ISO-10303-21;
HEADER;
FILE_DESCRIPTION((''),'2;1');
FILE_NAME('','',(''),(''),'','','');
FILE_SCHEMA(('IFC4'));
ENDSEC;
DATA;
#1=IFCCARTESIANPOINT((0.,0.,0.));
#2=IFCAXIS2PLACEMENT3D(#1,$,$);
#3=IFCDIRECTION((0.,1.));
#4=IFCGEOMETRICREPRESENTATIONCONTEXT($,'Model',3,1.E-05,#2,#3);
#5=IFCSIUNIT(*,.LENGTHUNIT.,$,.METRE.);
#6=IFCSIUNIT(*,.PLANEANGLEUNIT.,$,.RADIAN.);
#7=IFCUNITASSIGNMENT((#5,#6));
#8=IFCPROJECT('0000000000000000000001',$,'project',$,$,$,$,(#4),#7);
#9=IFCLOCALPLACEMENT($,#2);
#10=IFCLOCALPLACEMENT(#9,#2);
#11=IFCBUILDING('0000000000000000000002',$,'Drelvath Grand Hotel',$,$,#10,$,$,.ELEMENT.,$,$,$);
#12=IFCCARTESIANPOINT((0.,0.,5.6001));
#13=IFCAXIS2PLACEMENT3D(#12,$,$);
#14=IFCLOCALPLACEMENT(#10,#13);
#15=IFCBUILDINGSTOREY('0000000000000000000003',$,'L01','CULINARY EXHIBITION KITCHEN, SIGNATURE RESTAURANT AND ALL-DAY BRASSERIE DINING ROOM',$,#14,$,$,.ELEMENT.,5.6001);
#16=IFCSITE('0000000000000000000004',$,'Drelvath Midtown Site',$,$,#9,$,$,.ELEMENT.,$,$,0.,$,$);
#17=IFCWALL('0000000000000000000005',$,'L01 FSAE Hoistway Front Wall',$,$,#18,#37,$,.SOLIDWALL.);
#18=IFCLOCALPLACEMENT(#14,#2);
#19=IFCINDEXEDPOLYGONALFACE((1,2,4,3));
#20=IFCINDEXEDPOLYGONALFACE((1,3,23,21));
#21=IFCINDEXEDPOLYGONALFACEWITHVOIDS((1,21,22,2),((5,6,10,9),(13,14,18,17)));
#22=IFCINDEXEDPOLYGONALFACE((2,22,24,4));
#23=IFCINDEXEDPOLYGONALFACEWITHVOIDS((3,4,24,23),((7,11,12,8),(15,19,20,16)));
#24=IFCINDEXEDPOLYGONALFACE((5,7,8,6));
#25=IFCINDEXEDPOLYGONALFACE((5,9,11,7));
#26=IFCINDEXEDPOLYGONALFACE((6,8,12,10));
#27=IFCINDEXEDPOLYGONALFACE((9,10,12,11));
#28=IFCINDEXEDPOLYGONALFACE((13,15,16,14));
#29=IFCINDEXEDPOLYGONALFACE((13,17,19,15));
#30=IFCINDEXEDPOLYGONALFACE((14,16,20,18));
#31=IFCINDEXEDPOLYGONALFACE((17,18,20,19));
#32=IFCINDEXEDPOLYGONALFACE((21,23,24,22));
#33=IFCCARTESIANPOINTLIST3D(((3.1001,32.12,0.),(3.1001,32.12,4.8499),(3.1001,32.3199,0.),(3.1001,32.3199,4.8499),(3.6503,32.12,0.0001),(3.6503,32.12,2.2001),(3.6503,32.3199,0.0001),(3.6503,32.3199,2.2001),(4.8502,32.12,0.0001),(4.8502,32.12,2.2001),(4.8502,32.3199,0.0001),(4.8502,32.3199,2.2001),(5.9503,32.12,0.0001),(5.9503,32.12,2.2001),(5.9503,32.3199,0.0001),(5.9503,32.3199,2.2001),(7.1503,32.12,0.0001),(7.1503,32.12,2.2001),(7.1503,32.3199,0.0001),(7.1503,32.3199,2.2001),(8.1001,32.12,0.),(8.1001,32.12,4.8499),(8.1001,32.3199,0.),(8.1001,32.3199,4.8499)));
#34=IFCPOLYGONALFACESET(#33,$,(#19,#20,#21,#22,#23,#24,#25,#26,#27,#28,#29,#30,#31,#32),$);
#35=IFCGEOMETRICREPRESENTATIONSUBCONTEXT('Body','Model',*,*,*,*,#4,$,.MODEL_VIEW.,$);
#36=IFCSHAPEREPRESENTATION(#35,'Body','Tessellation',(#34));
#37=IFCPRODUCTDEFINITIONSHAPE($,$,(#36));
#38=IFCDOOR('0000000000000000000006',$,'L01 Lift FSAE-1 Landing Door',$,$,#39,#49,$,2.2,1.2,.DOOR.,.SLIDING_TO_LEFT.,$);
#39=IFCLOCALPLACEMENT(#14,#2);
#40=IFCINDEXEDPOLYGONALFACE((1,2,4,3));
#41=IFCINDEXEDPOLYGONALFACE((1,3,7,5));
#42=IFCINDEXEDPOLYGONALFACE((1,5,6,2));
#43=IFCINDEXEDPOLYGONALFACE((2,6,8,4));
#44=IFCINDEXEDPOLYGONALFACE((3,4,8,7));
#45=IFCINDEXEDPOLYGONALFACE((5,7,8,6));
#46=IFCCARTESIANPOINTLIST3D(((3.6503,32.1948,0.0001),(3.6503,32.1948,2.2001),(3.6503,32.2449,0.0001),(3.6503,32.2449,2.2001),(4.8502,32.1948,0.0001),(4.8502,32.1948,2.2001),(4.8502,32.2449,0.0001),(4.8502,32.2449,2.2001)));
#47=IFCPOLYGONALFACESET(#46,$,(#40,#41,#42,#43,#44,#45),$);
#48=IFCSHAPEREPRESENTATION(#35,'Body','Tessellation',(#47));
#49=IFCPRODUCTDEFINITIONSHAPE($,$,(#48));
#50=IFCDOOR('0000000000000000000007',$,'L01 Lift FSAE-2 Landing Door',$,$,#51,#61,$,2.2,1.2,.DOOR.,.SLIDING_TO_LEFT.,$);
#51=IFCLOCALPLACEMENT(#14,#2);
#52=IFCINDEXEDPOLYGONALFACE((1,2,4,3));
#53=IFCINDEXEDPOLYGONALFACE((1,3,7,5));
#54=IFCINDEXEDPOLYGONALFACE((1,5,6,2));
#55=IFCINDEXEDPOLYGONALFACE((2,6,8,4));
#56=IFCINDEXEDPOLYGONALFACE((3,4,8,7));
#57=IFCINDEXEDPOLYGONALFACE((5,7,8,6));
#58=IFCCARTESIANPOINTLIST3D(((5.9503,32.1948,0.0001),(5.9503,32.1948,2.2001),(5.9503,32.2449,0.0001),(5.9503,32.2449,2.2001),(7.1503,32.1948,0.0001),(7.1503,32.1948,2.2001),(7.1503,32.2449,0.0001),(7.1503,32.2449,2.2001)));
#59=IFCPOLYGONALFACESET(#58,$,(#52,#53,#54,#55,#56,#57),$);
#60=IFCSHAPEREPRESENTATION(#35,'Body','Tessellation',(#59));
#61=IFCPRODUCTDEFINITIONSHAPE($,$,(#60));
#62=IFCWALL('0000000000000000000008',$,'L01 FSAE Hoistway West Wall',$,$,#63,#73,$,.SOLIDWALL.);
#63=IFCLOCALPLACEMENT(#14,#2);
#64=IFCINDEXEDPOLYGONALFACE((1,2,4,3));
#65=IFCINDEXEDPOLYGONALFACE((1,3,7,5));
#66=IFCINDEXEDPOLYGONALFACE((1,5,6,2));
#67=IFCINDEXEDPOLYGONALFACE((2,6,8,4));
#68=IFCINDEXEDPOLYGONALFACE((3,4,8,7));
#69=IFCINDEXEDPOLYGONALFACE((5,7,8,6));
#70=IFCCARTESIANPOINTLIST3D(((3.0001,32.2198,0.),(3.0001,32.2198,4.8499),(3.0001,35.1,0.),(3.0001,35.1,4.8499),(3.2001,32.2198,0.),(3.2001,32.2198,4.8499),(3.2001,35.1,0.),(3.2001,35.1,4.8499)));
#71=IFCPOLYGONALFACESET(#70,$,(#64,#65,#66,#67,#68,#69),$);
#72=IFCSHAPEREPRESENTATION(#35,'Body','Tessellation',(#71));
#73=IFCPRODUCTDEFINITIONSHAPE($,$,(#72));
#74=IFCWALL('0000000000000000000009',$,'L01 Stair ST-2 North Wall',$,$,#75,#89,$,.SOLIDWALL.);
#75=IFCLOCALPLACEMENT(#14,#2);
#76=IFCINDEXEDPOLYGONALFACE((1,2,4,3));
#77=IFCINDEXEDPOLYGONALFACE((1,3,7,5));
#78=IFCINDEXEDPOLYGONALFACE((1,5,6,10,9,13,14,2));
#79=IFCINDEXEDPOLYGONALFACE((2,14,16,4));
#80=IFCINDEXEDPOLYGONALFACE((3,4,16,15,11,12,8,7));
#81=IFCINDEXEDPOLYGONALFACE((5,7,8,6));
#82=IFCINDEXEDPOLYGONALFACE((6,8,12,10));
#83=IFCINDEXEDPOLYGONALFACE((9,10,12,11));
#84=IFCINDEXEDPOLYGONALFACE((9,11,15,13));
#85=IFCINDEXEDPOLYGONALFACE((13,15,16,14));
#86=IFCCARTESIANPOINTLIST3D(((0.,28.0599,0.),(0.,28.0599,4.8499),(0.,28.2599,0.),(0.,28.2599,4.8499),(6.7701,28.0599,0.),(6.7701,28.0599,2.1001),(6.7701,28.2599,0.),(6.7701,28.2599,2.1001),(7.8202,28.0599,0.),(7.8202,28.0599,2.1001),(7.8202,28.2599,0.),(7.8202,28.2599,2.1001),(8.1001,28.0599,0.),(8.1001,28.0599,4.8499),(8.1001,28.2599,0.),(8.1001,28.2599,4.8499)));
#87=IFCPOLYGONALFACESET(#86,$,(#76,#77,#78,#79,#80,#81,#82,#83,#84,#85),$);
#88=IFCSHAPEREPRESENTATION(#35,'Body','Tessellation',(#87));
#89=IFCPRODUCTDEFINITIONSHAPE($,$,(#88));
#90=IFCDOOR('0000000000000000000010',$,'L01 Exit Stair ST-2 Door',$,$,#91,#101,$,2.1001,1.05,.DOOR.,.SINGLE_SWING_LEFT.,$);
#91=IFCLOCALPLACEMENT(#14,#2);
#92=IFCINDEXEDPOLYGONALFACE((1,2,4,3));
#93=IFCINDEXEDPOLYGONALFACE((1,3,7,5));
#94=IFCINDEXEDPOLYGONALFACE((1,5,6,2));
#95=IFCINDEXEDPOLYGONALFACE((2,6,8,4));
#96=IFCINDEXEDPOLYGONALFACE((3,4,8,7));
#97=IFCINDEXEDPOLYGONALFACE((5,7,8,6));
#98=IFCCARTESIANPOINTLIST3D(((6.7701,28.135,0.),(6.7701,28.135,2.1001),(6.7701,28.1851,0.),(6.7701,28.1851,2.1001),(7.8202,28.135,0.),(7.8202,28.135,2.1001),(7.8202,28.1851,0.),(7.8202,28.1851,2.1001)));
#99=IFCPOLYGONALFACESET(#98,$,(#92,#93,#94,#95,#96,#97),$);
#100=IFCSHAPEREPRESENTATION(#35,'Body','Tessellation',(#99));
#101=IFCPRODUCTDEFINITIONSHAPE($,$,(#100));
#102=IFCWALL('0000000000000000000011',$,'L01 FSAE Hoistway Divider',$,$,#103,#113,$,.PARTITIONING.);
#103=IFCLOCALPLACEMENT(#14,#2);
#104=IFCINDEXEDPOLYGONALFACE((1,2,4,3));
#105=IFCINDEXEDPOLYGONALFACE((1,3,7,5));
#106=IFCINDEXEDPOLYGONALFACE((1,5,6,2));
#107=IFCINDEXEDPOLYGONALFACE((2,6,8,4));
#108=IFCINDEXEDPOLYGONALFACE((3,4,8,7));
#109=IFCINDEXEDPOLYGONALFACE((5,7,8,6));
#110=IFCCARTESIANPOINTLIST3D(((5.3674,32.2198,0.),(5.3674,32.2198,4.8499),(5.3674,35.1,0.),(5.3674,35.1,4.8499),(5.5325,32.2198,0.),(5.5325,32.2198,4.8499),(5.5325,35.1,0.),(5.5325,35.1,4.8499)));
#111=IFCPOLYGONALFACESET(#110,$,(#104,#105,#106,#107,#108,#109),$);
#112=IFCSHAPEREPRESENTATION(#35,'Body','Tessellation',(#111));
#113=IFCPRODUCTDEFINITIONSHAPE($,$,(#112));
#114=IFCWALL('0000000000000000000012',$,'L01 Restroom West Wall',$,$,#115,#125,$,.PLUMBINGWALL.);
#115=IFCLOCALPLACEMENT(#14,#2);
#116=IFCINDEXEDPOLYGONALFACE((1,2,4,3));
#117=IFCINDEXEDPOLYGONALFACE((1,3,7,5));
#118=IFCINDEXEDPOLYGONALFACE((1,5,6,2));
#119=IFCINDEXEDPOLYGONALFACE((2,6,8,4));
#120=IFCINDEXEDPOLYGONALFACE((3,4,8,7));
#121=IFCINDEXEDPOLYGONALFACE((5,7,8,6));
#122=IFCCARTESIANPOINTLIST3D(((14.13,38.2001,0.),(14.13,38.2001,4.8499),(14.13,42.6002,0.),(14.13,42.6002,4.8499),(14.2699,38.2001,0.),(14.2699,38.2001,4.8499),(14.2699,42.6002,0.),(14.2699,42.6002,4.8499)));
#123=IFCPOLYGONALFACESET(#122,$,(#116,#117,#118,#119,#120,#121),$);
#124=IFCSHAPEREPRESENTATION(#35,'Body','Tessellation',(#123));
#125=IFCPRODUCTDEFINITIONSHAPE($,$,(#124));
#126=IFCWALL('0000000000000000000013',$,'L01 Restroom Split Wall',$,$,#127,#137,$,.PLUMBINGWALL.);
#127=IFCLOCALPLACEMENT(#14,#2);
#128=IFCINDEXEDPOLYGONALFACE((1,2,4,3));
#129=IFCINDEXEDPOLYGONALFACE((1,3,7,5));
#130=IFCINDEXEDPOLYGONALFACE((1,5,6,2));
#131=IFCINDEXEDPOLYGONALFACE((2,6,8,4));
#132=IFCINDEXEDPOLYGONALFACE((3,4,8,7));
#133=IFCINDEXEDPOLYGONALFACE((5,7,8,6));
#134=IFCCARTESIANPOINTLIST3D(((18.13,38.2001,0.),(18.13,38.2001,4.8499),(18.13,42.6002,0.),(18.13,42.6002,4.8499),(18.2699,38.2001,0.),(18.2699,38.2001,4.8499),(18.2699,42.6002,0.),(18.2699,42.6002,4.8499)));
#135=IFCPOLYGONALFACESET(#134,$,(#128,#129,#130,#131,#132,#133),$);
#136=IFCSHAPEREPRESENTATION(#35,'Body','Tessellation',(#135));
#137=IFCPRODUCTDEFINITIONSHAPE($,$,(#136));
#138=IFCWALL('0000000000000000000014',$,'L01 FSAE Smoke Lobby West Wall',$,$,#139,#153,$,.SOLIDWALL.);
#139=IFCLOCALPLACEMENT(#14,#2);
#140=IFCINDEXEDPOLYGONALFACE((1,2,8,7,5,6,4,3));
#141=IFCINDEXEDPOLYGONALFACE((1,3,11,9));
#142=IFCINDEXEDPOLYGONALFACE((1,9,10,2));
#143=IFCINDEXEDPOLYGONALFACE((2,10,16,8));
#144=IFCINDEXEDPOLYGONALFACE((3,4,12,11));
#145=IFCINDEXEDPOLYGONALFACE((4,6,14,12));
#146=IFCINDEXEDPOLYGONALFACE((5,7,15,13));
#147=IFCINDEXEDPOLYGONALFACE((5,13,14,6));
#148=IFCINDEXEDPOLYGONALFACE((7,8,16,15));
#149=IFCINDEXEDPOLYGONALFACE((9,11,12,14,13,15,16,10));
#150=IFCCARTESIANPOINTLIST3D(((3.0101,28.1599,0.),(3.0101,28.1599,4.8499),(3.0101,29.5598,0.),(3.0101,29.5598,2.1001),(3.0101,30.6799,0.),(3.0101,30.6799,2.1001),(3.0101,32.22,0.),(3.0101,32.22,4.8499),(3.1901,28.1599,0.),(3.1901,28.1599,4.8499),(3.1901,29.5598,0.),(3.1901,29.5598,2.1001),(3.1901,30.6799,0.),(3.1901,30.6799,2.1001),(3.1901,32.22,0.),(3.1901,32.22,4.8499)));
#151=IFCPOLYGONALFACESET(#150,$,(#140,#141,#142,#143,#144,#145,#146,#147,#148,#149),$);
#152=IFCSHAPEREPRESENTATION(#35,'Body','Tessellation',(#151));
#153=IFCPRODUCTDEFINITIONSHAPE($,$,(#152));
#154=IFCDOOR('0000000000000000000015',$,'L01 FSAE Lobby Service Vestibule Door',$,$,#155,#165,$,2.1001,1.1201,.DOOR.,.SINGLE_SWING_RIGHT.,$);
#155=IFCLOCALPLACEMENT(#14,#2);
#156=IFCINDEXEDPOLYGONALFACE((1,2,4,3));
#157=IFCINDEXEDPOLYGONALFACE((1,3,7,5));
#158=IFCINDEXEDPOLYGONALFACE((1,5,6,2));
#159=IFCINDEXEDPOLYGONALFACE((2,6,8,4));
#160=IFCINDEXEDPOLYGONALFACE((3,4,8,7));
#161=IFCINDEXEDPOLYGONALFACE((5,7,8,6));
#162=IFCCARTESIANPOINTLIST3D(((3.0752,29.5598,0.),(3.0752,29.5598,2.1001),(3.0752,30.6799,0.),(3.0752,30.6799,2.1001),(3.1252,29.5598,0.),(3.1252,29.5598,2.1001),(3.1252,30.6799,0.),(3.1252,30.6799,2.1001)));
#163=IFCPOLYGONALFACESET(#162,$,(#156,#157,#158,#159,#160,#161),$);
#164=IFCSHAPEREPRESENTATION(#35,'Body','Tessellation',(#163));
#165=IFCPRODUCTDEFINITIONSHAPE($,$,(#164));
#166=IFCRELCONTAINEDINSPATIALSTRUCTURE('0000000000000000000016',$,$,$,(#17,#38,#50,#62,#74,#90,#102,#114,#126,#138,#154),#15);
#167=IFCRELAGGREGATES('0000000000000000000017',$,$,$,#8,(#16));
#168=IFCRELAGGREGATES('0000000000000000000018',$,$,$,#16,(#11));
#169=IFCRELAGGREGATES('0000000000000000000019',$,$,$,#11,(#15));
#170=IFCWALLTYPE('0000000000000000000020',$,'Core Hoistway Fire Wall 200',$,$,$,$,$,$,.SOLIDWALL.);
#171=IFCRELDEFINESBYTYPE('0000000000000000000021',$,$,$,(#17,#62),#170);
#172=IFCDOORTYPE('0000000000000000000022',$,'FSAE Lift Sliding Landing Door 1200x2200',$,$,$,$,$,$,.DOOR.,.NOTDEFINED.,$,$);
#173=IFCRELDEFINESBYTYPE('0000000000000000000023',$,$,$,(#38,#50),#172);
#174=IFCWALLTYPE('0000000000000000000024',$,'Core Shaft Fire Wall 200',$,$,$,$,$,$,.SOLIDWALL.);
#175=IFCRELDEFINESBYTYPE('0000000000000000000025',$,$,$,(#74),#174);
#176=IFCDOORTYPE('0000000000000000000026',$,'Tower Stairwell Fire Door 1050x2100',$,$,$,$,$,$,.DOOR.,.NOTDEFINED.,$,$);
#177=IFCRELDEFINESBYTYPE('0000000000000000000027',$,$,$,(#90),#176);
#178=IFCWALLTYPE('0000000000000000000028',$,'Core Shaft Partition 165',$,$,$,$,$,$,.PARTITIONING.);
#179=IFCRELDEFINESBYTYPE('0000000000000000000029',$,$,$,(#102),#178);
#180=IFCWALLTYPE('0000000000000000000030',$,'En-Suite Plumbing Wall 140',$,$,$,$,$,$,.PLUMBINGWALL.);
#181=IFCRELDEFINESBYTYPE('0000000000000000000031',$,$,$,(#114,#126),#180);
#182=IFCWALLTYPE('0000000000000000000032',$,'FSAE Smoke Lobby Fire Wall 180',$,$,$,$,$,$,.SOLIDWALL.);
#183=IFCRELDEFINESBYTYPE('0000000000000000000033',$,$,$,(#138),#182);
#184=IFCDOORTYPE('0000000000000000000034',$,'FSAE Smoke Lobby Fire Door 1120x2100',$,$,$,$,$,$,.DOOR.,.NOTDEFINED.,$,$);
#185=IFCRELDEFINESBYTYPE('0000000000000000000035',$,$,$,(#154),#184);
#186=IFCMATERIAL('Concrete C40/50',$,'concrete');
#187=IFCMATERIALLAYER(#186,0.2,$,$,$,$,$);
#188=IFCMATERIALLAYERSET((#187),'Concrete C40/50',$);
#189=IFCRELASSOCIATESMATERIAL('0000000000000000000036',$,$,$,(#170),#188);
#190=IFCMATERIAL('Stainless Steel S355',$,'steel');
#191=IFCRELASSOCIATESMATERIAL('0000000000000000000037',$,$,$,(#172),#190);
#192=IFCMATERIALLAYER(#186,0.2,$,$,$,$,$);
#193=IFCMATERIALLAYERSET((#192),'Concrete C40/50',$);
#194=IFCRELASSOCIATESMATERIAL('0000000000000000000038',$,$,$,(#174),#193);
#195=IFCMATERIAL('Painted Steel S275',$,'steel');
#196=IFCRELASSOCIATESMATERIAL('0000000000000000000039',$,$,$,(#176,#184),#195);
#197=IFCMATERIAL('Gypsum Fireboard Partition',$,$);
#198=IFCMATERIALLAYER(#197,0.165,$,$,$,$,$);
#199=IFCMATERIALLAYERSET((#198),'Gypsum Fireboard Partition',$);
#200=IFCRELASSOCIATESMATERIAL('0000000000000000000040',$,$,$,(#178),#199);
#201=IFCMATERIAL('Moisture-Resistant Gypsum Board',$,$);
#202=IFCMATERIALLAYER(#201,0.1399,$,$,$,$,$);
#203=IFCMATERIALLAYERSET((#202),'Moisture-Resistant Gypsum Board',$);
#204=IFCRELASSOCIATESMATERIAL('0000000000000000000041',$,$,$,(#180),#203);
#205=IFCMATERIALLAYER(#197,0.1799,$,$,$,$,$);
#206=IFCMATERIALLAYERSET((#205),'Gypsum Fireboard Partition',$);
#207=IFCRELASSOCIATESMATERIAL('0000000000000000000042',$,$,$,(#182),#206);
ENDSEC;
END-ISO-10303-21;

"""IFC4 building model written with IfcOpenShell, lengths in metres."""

from ifc_helpers import new_model, si_unit, direction, frame, frame_2d, origin, place, context, subcontext, project, spatial, rectangle, extrude, material, layer, layer_set, type_object, element, fill, save


model = new_model("IFC4")

# Units and contexts
model_context = context("Model", 3, precision=1e-05, world=origin(), true_north=direction((0.0, 1.0)))
body_context = subcontext(model_context, "Body", "Model", "MODEL_VIEW")
ifc_project = project(units=[si_unit("LENGTHUNIT", "METRE"), si_unit("PLANEANGLEUNIT", "RADIAN")], contexts=[model_context])

# Site, building, storey
site_placement = place(None, origin())
site = spatial("IfcSite", under=ifc_project, at=site_placement, Name="Drelvath Midtown Site", CompositionType="ELEMENT", RefElevation=0.0)
building_placement = place(site_placement, origin())
building = spatial("IfcBuilding", under=site, at=building_placement, Name="Drelvath Grand Hotel", CompositionType="ELEMENT")
storey_placement = place(building_placement, frame((0.0, 0.0, 5.6001)))
storey = spatial("IfcBuildingStorey", under=building, at=storey_placement, Name="L01", Description="CULINARY EXHIBITION KITCHEN, SIGNATURE RESTAURANT AND ALL-DAY BRASSERIE DINING ROOM", CompositionType="ELEMENT", Elevation=5.6001)

# Wall, openings, doors
ifc_material_1 = material(Name="Concrete C40/50", Category="concrete")
ifc_layer_1 = layer(ifc_material_1, 0.2)
ifc_layer_set_1 = layer_set([ifc_layer_1], Name="Concrete C40/50")
wall_type_1 = type_object("IfcWallType", Name="Core Hoistway Fire Wall 200", PredefinedType="SOLIDWALL", material=ifc_layer_set_1)
wall_1_placement = place(storey_placement, frame((3.1001, 32.22, 0.0), z_axis=(0.0, 0.0, 1.0), x_axis=(1.0, 0.0, 0.0)))
wall_1 = element("IfcWall", 1, at=wall_1_placement, inside=storey, type_object=wall_type_1, Name="L01 FSAE Hoistway Front Wall", PredefinedType="SOLIDWALL", context=body_context, shape_type="SweptSolid", body=[
    extrude(rectangle(XDim=5.0, YDim=0.2, at=frame_2d((2.5, 0.0))), origin(), (0.0, 0.0, 1.0), 4.8499),
])
opening_1_placement = place(wall_1_placement, frame((0.55, 0.0, 0.0)))
opening_1 = element("IfcOpeningElement", 2, at=opening_1_placement, cuts=wall_1, PredefinedType="OPENING", context=body_context, shape_type="SweptSolid", body=[
    extrude(rectangle(XDim=1.2, YDim=2.2, at=frame_2d((0.6001, 1.1001))), frame((0.0, 0.1099, 0.0), z_axis=(0.0, -1.0, 0.0), x_axis=(1.0, 0.0, 0.0)), (0.0, 0.0, 1.0), 0.22),
])
opening_2_placement = place(wall_1_placement, frame((2.8501, 0.0, 0.0)))
opening_2 = element("IfcOpeningElement", 3, at=opening_2_placement, cuts=wall_1, PredefinedType="OPENING", context=body_context, shape_type="SweptSolid", body=[
    extrude(rectangle(XDim=1.2, YDim=2.2, at=frame_2d((0.6001, 1.1001))), frame((0.0, 0.1099, 0.0), z_axis=(0.0, -1.0, 0.0), x_axis=(1.0, 0.0, 0.0)), (0.0, 0.0, 1.0), 0.22),
])
ifc_material_2 = material(Name="Stainless Steel S355", Category="steel")
door_type_1 = type_object("IfcDoorType", Name="FSAE Lift Sliding Landing Door 1200x2200", OperationType="NOTDEFINED", PredefinedType="DOOR", material=ifc_material_2)
door_1_placement = place(opening_1_placement, origin())
door_1 = element("IfcDoor", 4, at=door_1_placement, inside=storey, type_object=door_type_1, Name="L01 Lift FSAE-1 Landing Door", OperationType="SLIDING_TO_LEFT", OverallHeight=2.2, OverallWidth=1.2, PredefinedType="DOOR", context=body_context, shape_type="SweptSolid", body=[
    extrude(rectangle(XDim=1.2, YDim=2.2, at=frame_2d((0.6001, 1.1001))), frame((0.0, 0.0249, 0.0), z_axis=(0.0, -1.0, 0.0), x_axis=(1.0, 0.0, 0.0)), (0.0, 0.0, 1.0), 0.05),
])
fill(opening_1, door_1)
door_2_placement = place(opening_2_placement, origin())
door_2 = element("IfcDoor", 5, at=door_2_placement, inside=storey, type_object=door_type_1, Name="L01 Lift FSAE-2 Landing Door", OperationType="SLIDING_TO_LEFT", OverallHeight=2.2, OverallWidth=1.2, PredefinedType="DOOR", context=body_context, shape_type="SweptSolid", body=[
    extrude(rectangle(XDim=1.2, YDim=2.2, at=frame_2d((0.6001, 1.1001))), frame((0.0, 0.0249, 0.0), z_axis=(0.0, -1.0, 0.0), x_axis=(1.0, 0.0, 0.0)), (0.0, 0.0, 1.0), 0.05),
])
fill(opening_2, door_2)

# Wall
wall_2_placement = place(storey_placement, frame((3.1001, 32.22, 0.0), z_axis=(0.0, 0.0, 1.0), x_axis=(0.0, 1.0, 0.0)))
element("IfcWall", 6, at=wall_2_placement, inside=storey, type_object=wall_type_1, Name="L01 FSAE Hoistway West Wall", PredefinedType="SOLIDWALL", context=body_context, shape_type="SweptSolid", body=[
    extrude(rectangle(XDim=2.8801, YDim=0.2, at=frame_2d((1.4399, 0.0))), origin(), (0.0, 0.0, 1.0), 4.8499),
])

# Wall, opening, door
ifc_layer_2 = layer(ifc_material_1, 0.2)
ifc_layer_set_2 = layer_set([ifc_layer_2], Name="Concrete C40/50")
wall_type_2 = type_object("IfcWallType", Name="Core Shaft Fire Wall 200", PredefinedType="SOLIDWALL", material=ifc_layer_set_2)
wall_3_placement = place(storey_placement, frame((8.1001, 28.1599, 0.0), z_axis=(0.0, 0.0, 1.0), x_axis=(-1.0, 0.0, 0.0)))
wall_3 = element("IfcWall", 7, at=wall_3_placement, inside=storey, type_object=wall_type_2, Name="L01 Stair ST-2 North Wall", PredefinedType="SOLIDWALL", context=body_context, shape_type="SweptSolid", body=[
    extrude(rectangle(XDim=8.1001, YDim=0.2, at=frame_2d((4.05, 0.0))), origin(), (0.0, 0.0, 1.0), 4.8499),
])
opening_3_placement = place(wall_3_placement, frame((0.28, 0.0, 0.0)))
opening_3 = element("IfcOpeningElement", 8, at=opening_3_placement, cuts=wall_3, PredefinedType="OPENING", context=body_context, shape_type="SweptSolid", body=[
    extrude(rectangle(XDim=1.05, YDim=2.1001, at=frame_2d((0.5249, 1.05))), frame((0.0, 0.1099, 0.0), z_axis=(0.0, -1.0, 0.0), x_axis=(1.0, 0.0, 0.0)), (0.0, 0.0, 1.0), 0.22),
])
ifc_material_3 = material(Name="Painted Steel S275", Category="steel")
door_type_2 = type_object("IfcDoorType", Name="Tower Stairwell Fire Door 1050x2100", OperationType="NOTDEFINED", PredefinedType="DOOR", material=ifc_material_3)
door_3_placement = place(opening_3_placement, origin())
door_3 = element("IfcDoor", 9, at=door_3_placement, inside=storey, type_object=door_type_2, Name="L01 Exit Stair ST-2 Door", OperationType="SINGLE_SWING_LEFT", OverallHeight=2.1001, OverallWidth=1.05, PredefinedType="DOOR", context=body_context, shape_type="SweptSolid", body=[
    extrude(rectangle(XDim=1.05, YDim=2.1001, at=frame_2d((0.5249, 1.05))), frame((0.0, 0.0249, 0.0), z_axis=(0.0, -1.0, 0.0), x_axis=(1.0, 0.0, 0.0)), (0.0, 0.0, 1.0), 0.05),
])
fill(opening_3, door_3)

# Walls
ifc_material_4 = material(Name="Gypsum Fireboard Partition")
ifc_layer_3 = layer(ifc_material_4, 0.165)
ifc_layer_set_3 = layer_set([ifc_layer_3], Name="Gypsum Fireboard Partition")
wall_type_3 = type_object("IfcWallType", Name="Core Shaft Partition 165", PredefinedType="PARTITIONING", material=ifc_layer_set_3)
wall_4_placement = place(storey_placement, frame((5.45, 32.22, 0.0), z_axis=(0.0, 0.0, 1.0), x_axis=(0.0, 1.0, 0.0)))
element("IfcWall", 10, at=wall_4_placement, inside=storey, type_object=wall_type_3, Name="L01 FSAE Hoistway Divider", PredefinedType="PARTITIONING", context=body_context, shape_type="SweptSolid", body=[
    extrude(rectangle(XDim=2.8801, YDim=0.165, at=frame_2d((1.4399, 0.0))), origin(), (0.0, 0.0, 1.0), 4.8499),
])
ifc_material_5 = material(Name="Moisture-Resistant Gypsum Board")
ifc_layer_4 = layer(ifc_material_5, 0.1399)
ifc_layer_set_4 = layer_set([ifc_layer_4], Name="Moisture-Resistant Gypsum Board")
wall_type_4 = type_object("IfcWallType", Name="En-Suite Plumbing Wall 140", PredefinedType="PLUMBINGWALL", material=ifc_layer_set_4)
for number, where, z_axis, x_axis, name in (
    (11, (14.2, 38.2, 0.0), (0.0, 0.0, 1.0), (0.0, 1.0, 0.0), "L01 Restroom West Wall"),
    (12, (18.2, 38.2, 0.0), (0.0, 0.0, 1.0), (0.0, 1.0, 0.0), "L01 Restroom Split Wall"),
):
    element("IfcWall", number, at=place(storey_placement, frame(where, z_axis=z_axis, x_axis=x_axis)), inside=storey, type_object=wall_type_4, Name=name, PredefinedType="PLUMBINGWALL", context=body_context, shape_type="SweptSolid", body=[
        extrude(rectangle(XDim=4.4001, YDim=0.1399, at=frame_2d((2.2002, 0.0))), origin(), (0.0, 0.0, 1.0), 4.8499),
    ])

# Wall, opening, door
ifc_layer_5 = layer(ifc_material_4, 0.1799)
ifc_layer_set_5 = layer_set([ifc_layer_5], Name="Gypsum Fireboard Partition")
wall_type_5 = type_object("IfcWallType", Name="FSAE Smoke Lobby Fire Wall 180", PredefinedType="SOLIDWALL", material=ifc_layer_set_5)
wall_5_placement = place(storey_placement, frame((3.1001, 28.1599, 0.0), z_axis=(0.0, 0.0, 1.0), x_axis=(0.0, 1.0, 0.0)))
wall_5 = element("IfcWall", 13, at=wall_5_placement, inside=storey, type_object=wall_type_5, Name="L01 FSAE Smoke Lobby West Wall", PredefinedType="SOLIDWALL", context=body_context, shape_type="SweptSolid", body=[
    extrude(rectangle(XDim=4.0601, YDim=0.1799, at=frame_2d((2.03, 0.0))), origin(), (0.0, 0.0, 1.0), 4.8499),
])
opening_4_placement = place(wall_5_placement, frame((1.3999, 0.0, 0.0)))
opening_4 = element("IfcOpeningElement", 14, at=opening_4_placement, cuts=wall_5, PredefinedType="OPENING", context=body_context, shape_type="SweptSolid", body=[
    extrude(rectangle(XDim=1.1201, YDim=2.1001, at=frame_2d((0.5601, 1.05))), frame((0.0, 0.0999, 0.0), z_axis=(0.0, -1.0, 0.0), x_axis=(1.0, 0.0, 0.0)), (0.0, 0.0, 1.0), 0.2),
])
door_type_3 = type_object("IfcDoorType", Name="FSAE Smoke Lobby Fire Door 1120x2100", OperationType="NOTDEFINED", PredefinedType="DOOR", material=ifc_material_3)
door_4_placement = place(opening_4_placement, origin())
door_4 = element("IfcDoor", 15, at=door_4_placement, inside=storey, type_object=door_type_3, Name="L01 FSAE Lobby Service Vestibule Door", OperationType="SINGLE_SWING_RIGHT", OverallHeight=2.1001, OverallWidth=1.1201, PredefinedType="DOOR", context=body_context, shape_type="SweptSolid", body=[
    extrude(rectangle(XDim=1.1201, YDim=2.1001, at=frame_2d((0.5601, 1.05))), frame((0.0, 0.0249, 0.0), z_axis=(0.0, -1.0, 0.0), x_axis=(1.0, 0.0, 0.0)), (0.0, 0.0, 1.0), 0.05),
])
fill(opening_4, door_4)

save(model, "model.ifc")
